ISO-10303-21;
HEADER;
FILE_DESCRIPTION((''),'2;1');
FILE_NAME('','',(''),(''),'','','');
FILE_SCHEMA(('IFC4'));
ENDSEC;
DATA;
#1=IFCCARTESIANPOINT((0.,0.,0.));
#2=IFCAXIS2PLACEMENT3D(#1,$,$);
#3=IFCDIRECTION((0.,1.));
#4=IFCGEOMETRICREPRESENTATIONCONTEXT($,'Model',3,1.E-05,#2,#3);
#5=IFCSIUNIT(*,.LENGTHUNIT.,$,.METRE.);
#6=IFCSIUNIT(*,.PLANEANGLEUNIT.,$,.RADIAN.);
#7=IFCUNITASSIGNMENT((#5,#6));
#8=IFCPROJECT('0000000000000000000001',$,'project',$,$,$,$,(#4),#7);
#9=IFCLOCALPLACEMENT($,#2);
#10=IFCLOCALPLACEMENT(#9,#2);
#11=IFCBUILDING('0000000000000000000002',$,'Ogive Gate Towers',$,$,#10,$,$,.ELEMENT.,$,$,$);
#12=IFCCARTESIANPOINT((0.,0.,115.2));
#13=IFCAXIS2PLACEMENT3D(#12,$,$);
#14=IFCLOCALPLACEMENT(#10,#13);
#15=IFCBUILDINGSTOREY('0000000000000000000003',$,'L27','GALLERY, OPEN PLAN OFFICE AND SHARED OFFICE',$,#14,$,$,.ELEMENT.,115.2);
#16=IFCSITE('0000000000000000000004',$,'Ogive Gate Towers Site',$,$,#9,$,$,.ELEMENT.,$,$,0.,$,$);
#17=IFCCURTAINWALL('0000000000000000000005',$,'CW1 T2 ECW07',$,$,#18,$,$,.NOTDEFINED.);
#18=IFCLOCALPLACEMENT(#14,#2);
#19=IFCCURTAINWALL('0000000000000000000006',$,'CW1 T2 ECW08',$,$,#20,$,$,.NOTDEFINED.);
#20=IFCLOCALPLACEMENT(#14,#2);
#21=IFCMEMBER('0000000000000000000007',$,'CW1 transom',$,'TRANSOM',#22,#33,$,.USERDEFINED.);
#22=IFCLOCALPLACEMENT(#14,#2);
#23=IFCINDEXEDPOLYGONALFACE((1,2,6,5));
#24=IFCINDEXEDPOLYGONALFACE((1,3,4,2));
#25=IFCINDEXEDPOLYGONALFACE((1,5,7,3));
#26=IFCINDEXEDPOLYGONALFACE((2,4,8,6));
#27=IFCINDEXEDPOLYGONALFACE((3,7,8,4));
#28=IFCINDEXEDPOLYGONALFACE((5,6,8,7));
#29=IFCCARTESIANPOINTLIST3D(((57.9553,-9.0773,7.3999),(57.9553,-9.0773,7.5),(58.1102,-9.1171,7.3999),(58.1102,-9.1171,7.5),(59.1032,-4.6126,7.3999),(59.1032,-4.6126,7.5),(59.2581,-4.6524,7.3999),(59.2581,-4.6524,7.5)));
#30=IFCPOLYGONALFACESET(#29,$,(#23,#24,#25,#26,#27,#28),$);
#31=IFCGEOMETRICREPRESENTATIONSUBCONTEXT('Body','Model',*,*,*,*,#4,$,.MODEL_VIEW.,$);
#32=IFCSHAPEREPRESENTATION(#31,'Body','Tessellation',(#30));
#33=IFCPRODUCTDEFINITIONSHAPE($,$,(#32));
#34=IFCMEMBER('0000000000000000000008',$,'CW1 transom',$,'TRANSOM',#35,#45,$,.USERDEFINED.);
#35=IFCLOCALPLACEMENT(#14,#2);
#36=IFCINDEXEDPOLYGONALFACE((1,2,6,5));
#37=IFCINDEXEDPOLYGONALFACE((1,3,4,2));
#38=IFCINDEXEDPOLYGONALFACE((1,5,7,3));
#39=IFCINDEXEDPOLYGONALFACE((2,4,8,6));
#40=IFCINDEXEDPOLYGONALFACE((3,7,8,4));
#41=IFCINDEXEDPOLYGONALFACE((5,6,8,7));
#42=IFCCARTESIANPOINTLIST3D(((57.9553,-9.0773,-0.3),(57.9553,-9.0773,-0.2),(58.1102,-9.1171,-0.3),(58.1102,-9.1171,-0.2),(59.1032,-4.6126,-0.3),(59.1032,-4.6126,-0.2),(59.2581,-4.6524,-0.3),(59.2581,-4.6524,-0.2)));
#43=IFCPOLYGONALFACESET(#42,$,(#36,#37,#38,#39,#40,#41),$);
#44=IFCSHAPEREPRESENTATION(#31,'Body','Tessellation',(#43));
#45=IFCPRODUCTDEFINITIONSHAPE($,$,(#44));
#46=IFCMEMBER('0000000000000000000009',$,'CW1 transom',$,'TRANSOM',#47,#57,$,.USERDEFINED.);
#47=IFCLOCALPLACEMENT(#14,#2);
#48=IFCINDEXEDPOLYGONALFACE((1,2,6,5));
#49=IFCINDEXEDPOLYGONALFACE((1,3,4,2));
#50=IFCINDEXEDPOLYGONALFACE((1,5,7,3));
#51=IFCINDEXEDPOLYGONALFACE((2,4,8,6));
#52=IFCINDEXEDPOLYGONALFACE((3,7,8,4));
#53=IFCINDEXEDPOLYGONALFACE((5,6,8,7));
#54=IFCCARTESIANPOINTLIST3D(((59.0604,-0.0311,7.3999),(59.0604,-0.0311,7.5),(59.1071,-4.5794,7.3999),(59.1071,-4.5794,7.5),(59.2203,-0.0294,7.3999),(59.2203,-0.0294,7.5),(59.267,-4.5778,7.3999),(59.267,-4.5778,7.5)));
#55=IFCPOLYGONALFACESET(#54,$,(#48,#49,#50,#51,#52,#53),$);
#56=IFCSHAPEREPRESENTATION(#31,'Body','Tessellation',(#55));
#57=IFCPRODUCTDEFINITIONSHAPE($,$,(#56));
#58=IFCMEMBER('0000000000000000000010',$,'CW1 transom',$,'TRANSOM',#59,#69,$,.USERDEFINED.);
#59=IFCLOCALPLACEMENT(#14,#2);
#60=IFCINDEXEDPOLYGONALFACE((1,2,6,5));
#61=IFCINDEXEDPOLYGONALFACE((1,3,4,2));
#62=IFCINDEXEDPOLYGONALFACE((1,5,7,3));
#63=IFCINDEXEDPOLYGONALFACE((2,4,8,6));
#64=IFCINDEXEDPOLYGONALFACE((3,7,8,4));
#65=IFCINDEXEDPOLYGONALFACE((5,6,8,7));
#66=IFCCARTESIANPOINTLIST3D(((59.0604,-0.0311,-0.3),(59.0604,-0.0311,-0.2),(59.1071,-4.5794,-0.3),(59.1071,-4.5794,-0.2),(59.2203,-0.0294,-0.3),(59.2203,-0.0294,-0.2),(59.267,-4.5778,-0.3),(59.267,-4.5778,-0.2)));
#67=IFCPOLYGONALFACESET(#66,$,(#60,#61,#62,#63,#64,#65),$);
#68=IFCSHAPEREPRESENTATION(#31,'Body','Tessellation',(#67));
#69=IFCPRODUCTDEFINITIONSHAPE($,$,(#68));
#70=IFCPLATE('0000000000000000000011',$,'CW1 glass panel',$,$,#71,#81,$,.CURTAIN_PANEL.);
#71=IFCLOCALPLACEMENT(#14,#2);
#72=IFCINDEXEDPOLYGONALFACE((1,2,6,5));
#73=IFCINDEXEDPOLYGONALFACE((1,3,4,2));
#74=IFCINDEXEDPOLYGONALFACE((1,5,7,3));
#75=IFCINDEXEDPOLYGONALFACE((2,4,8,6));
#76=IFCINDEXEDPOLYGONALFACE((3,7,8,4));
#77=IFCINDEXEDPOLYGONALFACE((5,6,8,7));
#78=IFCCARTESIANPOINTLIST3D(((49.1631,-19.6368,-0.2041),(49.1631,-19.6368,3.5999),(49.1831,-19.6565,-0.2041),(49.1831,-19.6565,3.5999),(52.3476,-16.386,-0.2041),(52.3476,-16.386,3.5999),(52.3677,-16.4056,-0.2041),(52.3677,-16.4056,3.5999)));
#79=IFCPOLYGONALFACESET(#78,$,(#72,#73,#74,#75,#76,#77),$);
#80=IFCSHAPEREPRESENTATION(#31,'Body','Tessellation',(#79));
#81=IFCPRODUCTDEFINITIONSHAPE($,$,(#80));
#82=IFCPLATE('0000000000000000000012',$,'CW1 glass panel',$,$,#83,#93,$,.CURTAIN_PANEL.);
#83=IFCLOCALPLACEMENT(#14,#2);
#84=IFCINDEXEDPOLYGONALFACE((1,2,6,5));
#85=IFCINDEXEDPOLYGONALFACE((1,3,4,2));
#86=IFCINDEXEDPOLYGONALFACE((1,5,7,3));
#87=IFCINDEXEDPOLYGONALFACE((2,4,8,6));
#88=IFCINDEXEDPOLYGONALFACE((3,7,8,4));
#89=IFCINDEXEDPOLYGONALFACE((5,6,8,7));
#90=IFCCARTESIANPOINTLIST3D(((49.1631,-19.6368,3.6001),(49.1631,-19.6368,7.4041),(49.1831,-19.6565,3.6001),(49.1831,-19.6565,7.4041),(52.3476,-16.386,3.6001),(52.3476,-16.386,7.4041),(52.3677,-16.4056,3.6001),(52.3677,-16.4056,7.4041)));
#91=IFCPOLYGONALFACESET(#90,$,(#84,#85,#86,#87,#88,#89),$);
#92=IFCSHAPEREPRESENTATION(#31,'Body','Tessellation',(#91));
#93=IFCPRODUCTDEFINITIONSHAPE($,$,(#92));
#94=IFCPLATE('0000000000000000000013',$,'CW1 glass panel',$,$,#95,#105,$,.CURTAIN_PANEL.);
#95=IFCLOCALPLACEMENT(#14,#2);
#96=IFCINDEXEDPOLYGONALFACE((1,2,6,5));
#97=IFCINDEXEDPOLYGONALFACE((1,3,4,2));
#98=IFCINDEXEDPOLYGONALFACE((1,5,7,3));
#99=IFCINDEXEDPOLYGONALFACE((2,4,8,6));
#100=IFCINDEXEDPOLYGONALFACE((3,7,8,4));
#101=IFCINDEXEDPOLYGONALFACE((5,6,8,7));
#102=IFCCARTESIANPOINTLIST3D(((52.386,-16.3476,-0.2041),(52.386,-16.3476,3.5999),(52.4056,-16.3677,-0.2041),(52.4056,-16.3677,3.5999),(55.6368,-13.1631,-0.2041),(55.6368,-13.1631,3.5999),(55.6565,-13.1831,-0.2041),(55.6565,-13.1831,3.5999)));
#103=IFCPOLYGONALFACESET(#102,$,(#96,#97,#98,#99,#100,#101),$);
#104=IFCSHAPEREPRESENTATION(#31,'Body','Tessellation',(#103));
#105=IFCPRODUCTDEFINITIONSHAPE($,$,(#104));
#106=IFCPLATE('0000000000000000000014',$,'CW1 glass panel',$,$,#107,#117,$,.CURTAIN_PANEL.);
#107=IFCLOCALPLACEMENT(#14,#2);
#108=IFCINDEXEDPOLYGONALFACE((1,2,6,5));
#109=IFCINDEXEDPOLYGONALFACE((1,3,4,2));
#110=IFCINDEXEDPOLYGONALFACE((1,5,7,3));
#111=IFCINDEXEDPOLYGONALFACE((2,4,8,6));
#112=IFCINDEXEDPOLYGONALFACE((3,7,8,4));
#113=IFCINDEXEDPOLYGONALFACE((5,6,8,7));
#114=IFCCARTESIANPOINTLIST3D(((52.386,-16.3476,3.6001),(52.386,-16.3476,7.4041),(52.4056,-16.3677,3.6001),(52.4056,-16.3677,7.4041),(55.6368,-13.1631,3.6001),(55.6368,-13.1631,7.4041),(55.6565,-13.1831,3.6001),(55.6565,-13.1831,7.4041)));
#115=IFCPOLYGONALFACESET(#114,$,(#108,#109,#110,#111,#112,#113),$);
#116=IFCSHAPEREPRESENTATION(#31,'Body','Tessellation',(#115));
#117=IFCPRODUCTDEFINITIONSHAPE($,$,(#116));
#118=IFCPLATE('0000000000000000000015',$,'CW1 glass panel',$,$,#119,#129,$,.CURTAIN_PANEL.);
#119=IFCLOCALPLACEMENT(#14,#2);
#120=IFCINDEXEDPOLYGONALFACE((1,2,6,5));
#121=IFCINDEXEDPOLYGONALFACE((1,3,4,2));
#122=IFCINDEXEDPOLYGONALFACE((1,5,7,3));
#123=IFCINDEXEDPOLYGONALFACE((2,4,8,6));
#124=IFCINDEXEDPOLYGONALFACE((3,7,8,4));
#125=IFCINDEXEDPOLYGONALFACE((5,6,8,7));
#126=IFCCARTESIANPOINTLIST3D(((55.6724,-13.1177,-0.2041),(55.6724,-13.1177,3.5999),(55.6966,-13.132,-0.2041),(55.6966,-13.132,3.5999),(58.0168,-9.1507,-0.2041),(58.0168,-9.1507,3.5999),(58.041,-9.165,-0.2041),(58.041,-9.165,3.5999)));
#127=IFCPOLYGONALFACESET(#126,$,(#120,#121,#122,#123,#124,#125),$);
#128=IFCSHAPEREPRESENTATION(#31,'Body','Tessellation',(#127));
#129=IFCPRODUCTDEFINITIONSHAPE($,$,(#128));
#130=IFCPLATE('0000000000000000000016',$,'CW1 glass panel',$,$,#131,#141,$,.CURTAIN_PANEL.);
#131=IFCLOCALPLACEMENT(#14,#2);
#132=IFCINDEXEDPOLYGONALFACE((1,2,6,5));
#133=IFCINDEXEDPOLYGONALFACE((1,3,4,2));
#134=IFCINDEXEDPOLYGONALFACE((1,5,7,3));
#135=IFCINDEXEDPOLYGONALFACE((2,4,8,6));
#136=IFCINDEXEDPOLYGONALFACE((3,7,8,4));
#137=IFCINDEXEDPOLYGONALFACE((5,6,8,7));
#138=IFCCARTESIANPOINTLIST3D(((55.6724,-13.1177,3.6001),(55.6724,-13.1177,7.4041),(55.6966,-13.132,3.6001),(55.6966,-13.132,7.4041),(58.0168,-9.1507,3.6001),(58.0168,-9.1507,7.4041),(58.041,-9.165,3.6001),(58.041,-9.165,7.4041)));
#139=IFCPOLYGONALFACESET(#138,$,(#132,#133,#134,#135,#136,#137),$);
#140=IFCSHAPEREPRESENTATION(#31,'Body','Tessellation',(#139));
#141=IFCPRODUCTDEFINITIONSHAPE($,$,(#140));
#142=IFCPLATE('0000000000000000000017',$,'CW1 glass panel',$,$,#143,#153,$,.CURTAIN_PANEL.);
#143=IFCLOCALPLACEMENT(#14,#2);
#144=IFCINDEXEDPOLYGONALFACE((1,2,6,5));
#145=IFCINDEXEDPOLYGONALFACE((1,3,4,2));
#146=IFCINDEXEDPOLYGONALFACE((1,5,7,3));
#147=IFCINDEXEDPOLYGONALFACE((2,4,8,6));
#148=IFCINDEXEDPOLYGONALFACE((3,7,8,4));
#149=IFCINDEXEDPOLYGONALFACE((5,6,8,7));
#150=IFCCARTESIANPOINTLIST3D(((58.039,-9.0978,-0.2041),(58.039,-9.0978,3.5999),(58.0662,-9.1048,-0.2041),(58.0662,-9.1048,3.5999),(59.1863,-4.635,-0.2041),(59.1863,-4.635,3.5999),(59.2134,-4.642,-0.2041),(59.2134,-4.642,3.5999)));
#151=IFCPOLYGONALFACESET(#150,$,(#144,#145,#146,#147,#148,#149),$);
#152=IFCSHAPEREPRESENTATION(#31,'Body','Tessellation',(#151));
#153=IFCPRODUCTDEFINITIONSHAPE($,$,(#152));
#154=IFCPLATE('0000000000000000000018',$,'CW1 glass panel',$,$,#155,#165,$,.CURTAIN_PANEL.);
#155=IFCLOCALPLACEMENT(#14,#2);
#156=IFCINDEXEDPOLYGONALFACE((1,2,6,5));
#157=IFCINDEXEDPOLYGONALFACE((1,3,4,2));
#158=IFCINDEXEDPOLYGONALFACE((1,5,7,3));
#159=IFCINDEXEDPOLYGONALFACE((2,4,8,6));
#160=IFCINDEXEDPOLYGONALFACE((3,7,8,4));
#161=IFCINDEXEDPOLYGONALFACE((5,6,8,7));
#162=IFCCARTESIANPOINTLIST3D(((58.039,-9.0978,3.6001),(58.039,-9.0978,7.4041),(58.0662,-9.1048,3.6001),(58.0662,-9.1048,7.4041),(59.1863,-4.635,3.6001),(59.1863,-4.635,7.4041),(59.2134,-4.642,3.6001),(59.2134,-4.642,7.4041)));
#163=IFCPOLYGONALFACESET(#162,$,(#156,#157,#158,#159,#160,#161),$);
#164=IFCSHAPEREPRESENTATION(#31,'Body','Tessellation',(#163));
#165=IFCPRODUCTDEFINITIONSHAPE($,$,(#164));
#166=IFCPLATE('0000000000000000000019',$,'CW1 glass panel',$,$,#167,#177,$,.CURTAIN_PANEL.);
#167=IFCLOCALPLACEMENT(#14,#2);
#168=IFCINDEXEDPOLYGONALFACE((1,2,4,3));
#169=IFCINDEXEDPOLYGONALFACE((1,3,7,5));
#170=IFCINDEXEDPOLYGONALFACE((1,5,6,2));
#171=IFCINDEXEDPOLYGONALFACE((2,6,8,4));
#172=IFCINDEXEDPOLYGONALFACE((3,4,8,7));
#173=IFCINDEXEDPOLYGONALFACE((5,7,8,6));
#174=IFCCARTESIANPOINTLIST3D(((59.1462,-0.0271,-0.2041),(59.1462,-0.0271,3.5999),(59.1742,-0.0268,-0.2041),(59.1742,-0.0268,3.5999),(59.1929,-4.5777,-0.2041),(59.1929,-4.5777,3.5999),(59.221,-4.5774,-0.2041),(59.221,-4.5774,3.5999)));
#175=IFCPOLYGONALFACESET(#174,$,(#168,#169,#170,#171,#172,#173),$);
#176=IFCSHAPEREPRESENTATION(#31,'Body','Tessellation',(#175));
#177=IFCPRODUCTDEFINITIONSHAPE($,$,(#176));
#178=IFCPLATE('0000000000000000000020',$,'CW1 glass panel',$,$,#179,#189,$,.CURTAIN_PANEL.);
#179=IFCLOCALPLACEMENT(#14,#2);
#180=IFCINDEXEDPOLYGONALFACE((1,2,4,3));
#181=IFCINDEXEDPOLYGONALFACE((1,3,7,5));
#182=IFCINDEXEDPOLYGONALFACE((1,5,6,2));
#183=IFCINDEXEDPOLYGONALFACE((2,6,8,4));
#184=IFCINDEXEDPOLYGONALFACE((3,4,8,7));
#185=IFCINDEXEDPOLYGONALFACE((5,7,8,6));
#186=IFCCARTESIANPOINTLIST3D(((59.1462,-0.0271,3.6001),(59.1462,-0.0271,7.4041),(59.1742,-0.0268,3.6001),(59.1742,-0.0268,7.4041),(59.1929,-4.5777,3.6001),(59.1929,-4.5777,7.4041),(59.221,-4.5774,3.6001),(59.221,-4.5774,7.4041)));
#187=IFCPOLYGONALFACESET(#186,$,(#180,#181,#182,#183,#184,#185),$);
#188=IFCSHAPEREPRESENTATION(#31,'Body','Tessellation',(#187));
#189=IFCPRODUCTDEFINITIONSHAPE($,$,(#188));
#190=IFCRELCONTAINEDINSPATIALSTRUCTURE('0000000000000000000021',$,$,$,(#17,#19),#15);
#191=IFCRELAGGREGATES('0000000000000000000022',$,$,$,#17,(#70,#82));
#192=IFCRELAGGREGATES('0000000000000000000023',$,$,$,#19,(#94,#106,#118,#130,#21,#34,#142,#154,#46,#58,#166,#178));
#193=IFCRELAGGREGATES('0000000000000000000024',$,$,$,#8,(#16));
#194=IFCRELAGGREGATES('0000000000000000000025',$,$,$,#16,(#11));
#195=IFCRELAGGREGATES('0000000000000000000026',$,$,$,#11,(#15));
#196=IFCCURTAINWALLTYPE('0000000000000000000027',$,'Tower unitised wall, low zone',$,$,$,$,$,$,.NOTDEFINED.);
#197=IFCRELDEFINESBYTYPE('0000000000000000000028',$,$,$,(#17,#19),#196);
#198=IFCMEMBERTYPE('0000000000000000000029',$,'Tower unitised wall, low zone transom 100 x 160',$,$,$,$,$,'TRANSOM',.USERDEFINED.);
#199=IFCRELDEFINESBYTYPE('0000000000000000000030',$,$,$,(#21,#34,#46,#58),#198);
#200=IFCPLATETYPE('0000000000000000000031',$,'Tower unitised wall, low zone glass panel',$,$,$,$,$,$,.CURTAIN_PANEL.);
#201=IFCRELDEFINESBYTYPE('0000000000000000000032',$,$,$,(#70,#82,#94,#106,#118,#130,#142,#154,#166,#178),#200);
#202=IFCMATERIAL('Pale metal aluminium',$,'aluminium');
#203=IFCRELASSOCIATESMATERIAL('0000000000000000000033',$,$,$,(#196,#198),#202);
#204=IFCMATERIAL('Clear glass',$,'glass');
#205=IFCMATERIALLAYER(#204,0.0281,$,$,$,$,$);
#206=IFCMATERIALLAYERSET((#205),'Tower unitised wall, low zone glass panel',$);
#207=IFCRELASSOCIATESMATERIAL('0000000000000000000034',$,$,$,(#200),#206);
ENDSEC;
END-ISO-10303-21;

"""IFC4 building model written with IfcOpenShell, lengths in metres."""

from ifc_helpers import new_model, si_unit, direction, frame, origin, origin_2d, place, context, subcontext, project, spatial, rectangle, extrude, material, layer, layer_set, material_profile, profile_set, type_object, element, aggregate, save


model = new_model("IFC4")

# Units and contexts
model_context = context("Model", 3, precision=1e-05, world=origin(), true_north=direction((0.0, 1.0)))
body_context = subcontext(model_context, "Body", "Model", "MODEL_VIEW")
ifc_project = project(units=[si_unit("LENGTHUNIT", "METRE"), si_unit("PLANEANGLEUNIT", "RADIAN")], contexts=[model_context])

# Site, building, storey
site_placement = place(None, origin())
site = spatial("IfcSite", under=ifc_project, at=site_placement, Name="Ogive Gate Towers Site", CompositionType="ELEMENT", RefElevation=0.0)
building_placement = place(site_placement, origin())
building = spatial("IfcBuilding", under=site, at=building_placement, Name="Ogive Gate Towers", CompositionType="ELEMENT")
storey_placement = place(building_placement, frame((0.0, 0.0, 115.2)))
storey = spatial("IfcBuildingStorey", under=building, at=storey_placement, Name="L27", Description="GALLERY, OPEN PLAN OFFICE AND SHARED OFFICE", CompositionType="ELEMENT", Elevation=115.2)

# Curtain wall
ifc_material_1 = material(Name="Pale metal aluminium", Category="aluminium")
curtain_wall_type = type_object("IfcCurtainWallType", Name="Tower unitised wall, low zone", PredefinedType="NOTDEFINED", material=ifc_material_1)
curtain_wall_1_placement = place(storey_placement, origin())
curtain_wall_1 = element("IfcCurtainWall", 1, at=curtain_wall_1_placement, inside=storey, type_object=curtain_wall_type, Name="CW1 T2 ECW07", PredefinedType="NOTDEFINED")

# Curtain wall
curtain_wall_2_placement = place(storey_placement, origin())
curtain_wall_2 = element("IfcCurtainWall", 2, at=curtain_wall_2_placement, inside=storey, type_object=curtain_wall_type, Name="CW1 T2 ECW08", PredefinedType="NOTDEFINED")

# Members
ifc_material_profile_1 = material_profile(ifc_material_1, rectangle(XDim=0.1599, YDim=0.1001, at=origin_2d()), Name="100 x 160 aluminium box")
ifc_profile_set_1 = profile_set([ifc_material_profile_1], Name="Pale metal aluminium")
member_type_1 = type_object("IfcMemberType", Name="Tower unitised wall, low zone transom 100 x 160", ElementType="TRANSOM", PredefinedType="USERDEFINED", material=ifc_profile_set_1)
member_1_placement = place(storey_placement, frame((58.0327, -9.0972, 7.45), z_axis=(0.249023, 0.968498, 0.0), x_axis=(-0.968498, 0.249023, 0.0)))
member_1 = element("IfcMember", 3, at=member_1_placement, type_object=member_type_1, Name="CW1 transom", ObjectType="TRANSOM", PredefinedType="USERDEFINED", context=body_context, shape_type="SweptSolid", body=[
    extrude(rectangle(XDim=0.1599, YDim=0.1001, at=origin_2d()), origin(), (0.0, 0.0, 1.0), 4.6099),
])
member_2_placement = place(storey_placement, frame((58.0327, -9.0972, -0.25), z_axis=(0.249023, 0.968498, 0.0), x_axis=(-0.968498, 0.249023, 0.0)))
member_2 = element("IfcMember", 4, at=member_2_placement, type_object=member_type_1, Name="CW1 transom", ObjectType="TRANSOM", PredefinedType="USERDEFINED", context=body_context, shape_type="SweptSolid", body=[
    extrude(rectangle(XDim=0.1599, YDim=0.1001, at=origin_2d()), origin(), (0.0, 0.0, 1.0), 4.6099),
])
member_3_placement = place(storey_placement, frame((59.187, -4.5786, 7.45), z_axis=(-0.010252, 0.999947, 0.0), x_axis=(-0.999947, -0.010252, 0.0)))
member_3 = element("IfcMember", 5, at=member_3_placement, type_object=member_type_1, Name="CW1 transom", ObjectType="TRANSOM", PredefinedType="USERDEFINED", context=body_context, shape_type="SweptSolid", body=[
    extrude(rectangle(XDim=0.1599, YDim=0.1001, at=origin_2d()), origin(), (0.0, 0.0, 1.0), 4.5486),
])
member_4_placement = place(storey_placement, frame((59.187, -4.5786, -0.25), z_axis=(-0.010252, 0.999947, 0.0), x_axis=(-0.999947, -0.010252, 0.0)))
member_4 = element("IfcMember", 6, at=member_4_placement, type_object=member_type_1, Name="CW1 transom", ObjectType="TRANSOM", PredefinedType="USERDEFINED", context=body_context, shape_type="SweptSolid", body=[
    extrude(rectangle(XDim=0.1599, YDim=0.1001, at=origin_2d()), origin(), (0.0, 0.0, 1.0), 4.5486),
])

# Plates
ifc_material_2 = material(Name="Clear glass", Category="glass")
ifc_layer_1 = layer(ifc_material_2, 0.0281)
ifc_layer_set_1 = layer_set([ifc_layer_1], Name="Tower unitised wall, low zone glass panel")
plate_type = type_object("IfcPlateType", Name="Tower unitised wall, low zone glass panel", PredefinedType="CURTAIN_PANEL", material=ifc_layer_set_1)
plate_1_placement = place(storey_placement, frame((50.7654, -18.0212, -0.2041), z_axis=(0.0, 0.0, 1.0), x_axis=(0.699788, 0.714351, 0.0)))
plate_1 = element("IfcPlate", 7, at=plate_1_placement, type_object=plate_type, Name="CW1 glass panel", PredefinedType="CURTAIN_PANEL", context=body_context, shape_type="SweptSolid", body=[
    extrude(rectangle(XDim=4.5508, YDim=0.0281, at=origin_2d()), origin(), (0.0, 0.0, 1.0), 3.804),
])
plate_2_placement = place(storey_placement, frame((50.7654, -18.0212, 3.6001), z_axis=(0.0, 0.0, 1.0), x_axis=(0.699788, 0.714351, 0.0)))
plate_2 = element("IfcPlate", 8, at=plate_2_placement, type_object=plate_type, Name="CW1 glass panel", PredefinedType="CURTAIN_PANEL", context=body_context, shape_type="SweptSolid", body=[
    extrude(rectangle(XDim=4.5508, YDim=0.0281, at=origin_2d()), origin(), (0.0, 0.0, 1.0), 3.804),
])
aggregate(curtain_wall_1, [plate_1, plate_2])
plate_3_placement = place(storey_placement, frame((54.0212, -14.7654, -0.2041), z_axis=(0.0, 0.0, 1.0), x_axis=(0.714351, 0.699788, 0.0)))
plate_3 = element("IfcPlate", 9, at=plate_3_placement, type_object=plate_type, Name="CW1 glass panel", PredefinedType="CURTAIN_PANEL", context=body_context, shape_type="SweptSolid", body=[
    extrude(rectangle(XDim=4.5508, YDim=0.0281, at=origin_2d()), origin(), (0.0, 0.0, 1.0), 3.804),
])
plate_4_placement = place(storey_placement, frame((54.0212, -14.7654, 3.6001), z_axis=(0.0, 0.0, 1.0), x_axis=(0.714351, 0.699788, 0.0)))
plate_4 = element("IfcPlate", 10, at=plate_4_placement, type_object=plate_type, Name="CW1 glass panel", PredefinedType="CURTAIN_PANEL", context=body_context, shape_type="SweptSolid", body=[
    extrude(rectangle(XDim=4.5508, YDim=0.0281, at=origin_2d()), origin(), (0.0, 0.0, 1.0), 3.804),
])
plate_5_placement = place(storey_placement, frame((56.8567, -11.1414, -0.2041), z_axis=(0.0, 0.0, 1.0), x_axis=(0.508771, 0.860902, 0.0)))
plate_5 = element("IfcPlate", 11, at=plate_5_placement, type_object=plate_type, Name="CW1 glass panel", PredefinedType="CURTAIN_PANEL", context=body_context, shape_type="SweptSolid", body=[
    extrude(rectangle(XDim=4.6079, YDim=0.0281, at=origin_2d()), origin(), (0.0, 0.0, 1.0), 3.804),
])
plate_6_placement = place(storey_placement, frame((56.8567, -11.1414, 3.6001), z_axis=(0.0, 0.0, 1.0), x_axis=(0.508771, 0.860902, 0.0)))
plate_6 = element("IfcPlate", 12, at=plate_6_placement, type_object=plate_type, Name="CW1 glass panel", PredefinedType="CURTAIN_PANEL", context=body_context, shape_type="SweptSolid", body=[
    extrude(rectangle(XDim=4.6079, YDim=0.0281, at=origin_2d()), origin(), (0.0, 0.0, 1.0), 3.804),
])
plate_7_placement = place(storey_placement, frame((58.6262, -6.8699, -0.2041), z_axis=(0.0, 0.0, 1.0), x_axis=(0.248977, 0.968509, 0.0)))
plate_7 = element("IfcPlate", 13, at=plate_7_placement, type_object=plate_type, Name="CW1 glass panel", PredefinedType="CURTAIN_PANEL", context=body_context, shape_type="SweptSolid", body=[
    extrude(rectangle(XDim=4.6079, YDim=0.0281, at=origin_2d()), origin(), (0.0, 0.0, 1.0), 3.804),
])
plate_8_placement = place(storey_placement, frame((58.6262, -6.8699, 3.6001), z_axis=(0.0, 0.0, 1.0), x_axis=(0.248977, 0.968509, 0.0)))
plate_8 = element("IfcPlate", 14, at=plate_8_placement, type_object=plate_type, Name="CW1 glass panel", PredefinedType="CURTAIN_PANEL", context=body_context, shape_type="SweptSolid", body=[
    extrude(rectangle(XDim=4.6079, YDim=0.0281, at=origin_2d()), origin(), (0.0, 0.0, 1.0), 3.804),
])
plate_9_placement = place(storey_placement, frame((59.1836, -2.3022, -0.2041), z_axis=(0.0, 0.0, 1.0), x_axis=(-0.01028, 0.999947, 0.0)))
plate_9 = element("IfcPlate", 15, at=plate_9_placement, type_object=plate_type, Name="CW1 glass panel", PredefinedType="CURTAIN_PANEL", context=body_context, shape_type="SweptSolid", body=[
    extrude(rectangle(XDim=4.5508, YDim=0.0281, at=origin_2d()), origin(), (0.0, 0.0, 1.0), 3.804),
])
plate_10_placement = place(storey_placement, frame((59.1836, -2.3022, 3.6001), z_axis=(0.0, 0.0, 1.0), x_axis=(-0.01028, 0.999947, 0.0)))
plate_10 = element("IfcPlate", 16, at=plate_10_placement, type_object=plate_type, Name="CW1 glass panel", PredefinedType="CURTAIN_PANEL", context=body_context, shape_type="SweptSolid", body=[
    extrude(rectangle(XDim=4.5508, YDim=0.0281, at=origin_2d()), origin(), (0.0, 0.0, 1.0), 3.804),
])
aggregate(curtain_wall_2, [plate_3, plate_4, plate_5, plate_6, member_1, member_2, plate_7, plate_8, member_3, member_4, plate_9, plate_10])

save(model, "model.ifc")
